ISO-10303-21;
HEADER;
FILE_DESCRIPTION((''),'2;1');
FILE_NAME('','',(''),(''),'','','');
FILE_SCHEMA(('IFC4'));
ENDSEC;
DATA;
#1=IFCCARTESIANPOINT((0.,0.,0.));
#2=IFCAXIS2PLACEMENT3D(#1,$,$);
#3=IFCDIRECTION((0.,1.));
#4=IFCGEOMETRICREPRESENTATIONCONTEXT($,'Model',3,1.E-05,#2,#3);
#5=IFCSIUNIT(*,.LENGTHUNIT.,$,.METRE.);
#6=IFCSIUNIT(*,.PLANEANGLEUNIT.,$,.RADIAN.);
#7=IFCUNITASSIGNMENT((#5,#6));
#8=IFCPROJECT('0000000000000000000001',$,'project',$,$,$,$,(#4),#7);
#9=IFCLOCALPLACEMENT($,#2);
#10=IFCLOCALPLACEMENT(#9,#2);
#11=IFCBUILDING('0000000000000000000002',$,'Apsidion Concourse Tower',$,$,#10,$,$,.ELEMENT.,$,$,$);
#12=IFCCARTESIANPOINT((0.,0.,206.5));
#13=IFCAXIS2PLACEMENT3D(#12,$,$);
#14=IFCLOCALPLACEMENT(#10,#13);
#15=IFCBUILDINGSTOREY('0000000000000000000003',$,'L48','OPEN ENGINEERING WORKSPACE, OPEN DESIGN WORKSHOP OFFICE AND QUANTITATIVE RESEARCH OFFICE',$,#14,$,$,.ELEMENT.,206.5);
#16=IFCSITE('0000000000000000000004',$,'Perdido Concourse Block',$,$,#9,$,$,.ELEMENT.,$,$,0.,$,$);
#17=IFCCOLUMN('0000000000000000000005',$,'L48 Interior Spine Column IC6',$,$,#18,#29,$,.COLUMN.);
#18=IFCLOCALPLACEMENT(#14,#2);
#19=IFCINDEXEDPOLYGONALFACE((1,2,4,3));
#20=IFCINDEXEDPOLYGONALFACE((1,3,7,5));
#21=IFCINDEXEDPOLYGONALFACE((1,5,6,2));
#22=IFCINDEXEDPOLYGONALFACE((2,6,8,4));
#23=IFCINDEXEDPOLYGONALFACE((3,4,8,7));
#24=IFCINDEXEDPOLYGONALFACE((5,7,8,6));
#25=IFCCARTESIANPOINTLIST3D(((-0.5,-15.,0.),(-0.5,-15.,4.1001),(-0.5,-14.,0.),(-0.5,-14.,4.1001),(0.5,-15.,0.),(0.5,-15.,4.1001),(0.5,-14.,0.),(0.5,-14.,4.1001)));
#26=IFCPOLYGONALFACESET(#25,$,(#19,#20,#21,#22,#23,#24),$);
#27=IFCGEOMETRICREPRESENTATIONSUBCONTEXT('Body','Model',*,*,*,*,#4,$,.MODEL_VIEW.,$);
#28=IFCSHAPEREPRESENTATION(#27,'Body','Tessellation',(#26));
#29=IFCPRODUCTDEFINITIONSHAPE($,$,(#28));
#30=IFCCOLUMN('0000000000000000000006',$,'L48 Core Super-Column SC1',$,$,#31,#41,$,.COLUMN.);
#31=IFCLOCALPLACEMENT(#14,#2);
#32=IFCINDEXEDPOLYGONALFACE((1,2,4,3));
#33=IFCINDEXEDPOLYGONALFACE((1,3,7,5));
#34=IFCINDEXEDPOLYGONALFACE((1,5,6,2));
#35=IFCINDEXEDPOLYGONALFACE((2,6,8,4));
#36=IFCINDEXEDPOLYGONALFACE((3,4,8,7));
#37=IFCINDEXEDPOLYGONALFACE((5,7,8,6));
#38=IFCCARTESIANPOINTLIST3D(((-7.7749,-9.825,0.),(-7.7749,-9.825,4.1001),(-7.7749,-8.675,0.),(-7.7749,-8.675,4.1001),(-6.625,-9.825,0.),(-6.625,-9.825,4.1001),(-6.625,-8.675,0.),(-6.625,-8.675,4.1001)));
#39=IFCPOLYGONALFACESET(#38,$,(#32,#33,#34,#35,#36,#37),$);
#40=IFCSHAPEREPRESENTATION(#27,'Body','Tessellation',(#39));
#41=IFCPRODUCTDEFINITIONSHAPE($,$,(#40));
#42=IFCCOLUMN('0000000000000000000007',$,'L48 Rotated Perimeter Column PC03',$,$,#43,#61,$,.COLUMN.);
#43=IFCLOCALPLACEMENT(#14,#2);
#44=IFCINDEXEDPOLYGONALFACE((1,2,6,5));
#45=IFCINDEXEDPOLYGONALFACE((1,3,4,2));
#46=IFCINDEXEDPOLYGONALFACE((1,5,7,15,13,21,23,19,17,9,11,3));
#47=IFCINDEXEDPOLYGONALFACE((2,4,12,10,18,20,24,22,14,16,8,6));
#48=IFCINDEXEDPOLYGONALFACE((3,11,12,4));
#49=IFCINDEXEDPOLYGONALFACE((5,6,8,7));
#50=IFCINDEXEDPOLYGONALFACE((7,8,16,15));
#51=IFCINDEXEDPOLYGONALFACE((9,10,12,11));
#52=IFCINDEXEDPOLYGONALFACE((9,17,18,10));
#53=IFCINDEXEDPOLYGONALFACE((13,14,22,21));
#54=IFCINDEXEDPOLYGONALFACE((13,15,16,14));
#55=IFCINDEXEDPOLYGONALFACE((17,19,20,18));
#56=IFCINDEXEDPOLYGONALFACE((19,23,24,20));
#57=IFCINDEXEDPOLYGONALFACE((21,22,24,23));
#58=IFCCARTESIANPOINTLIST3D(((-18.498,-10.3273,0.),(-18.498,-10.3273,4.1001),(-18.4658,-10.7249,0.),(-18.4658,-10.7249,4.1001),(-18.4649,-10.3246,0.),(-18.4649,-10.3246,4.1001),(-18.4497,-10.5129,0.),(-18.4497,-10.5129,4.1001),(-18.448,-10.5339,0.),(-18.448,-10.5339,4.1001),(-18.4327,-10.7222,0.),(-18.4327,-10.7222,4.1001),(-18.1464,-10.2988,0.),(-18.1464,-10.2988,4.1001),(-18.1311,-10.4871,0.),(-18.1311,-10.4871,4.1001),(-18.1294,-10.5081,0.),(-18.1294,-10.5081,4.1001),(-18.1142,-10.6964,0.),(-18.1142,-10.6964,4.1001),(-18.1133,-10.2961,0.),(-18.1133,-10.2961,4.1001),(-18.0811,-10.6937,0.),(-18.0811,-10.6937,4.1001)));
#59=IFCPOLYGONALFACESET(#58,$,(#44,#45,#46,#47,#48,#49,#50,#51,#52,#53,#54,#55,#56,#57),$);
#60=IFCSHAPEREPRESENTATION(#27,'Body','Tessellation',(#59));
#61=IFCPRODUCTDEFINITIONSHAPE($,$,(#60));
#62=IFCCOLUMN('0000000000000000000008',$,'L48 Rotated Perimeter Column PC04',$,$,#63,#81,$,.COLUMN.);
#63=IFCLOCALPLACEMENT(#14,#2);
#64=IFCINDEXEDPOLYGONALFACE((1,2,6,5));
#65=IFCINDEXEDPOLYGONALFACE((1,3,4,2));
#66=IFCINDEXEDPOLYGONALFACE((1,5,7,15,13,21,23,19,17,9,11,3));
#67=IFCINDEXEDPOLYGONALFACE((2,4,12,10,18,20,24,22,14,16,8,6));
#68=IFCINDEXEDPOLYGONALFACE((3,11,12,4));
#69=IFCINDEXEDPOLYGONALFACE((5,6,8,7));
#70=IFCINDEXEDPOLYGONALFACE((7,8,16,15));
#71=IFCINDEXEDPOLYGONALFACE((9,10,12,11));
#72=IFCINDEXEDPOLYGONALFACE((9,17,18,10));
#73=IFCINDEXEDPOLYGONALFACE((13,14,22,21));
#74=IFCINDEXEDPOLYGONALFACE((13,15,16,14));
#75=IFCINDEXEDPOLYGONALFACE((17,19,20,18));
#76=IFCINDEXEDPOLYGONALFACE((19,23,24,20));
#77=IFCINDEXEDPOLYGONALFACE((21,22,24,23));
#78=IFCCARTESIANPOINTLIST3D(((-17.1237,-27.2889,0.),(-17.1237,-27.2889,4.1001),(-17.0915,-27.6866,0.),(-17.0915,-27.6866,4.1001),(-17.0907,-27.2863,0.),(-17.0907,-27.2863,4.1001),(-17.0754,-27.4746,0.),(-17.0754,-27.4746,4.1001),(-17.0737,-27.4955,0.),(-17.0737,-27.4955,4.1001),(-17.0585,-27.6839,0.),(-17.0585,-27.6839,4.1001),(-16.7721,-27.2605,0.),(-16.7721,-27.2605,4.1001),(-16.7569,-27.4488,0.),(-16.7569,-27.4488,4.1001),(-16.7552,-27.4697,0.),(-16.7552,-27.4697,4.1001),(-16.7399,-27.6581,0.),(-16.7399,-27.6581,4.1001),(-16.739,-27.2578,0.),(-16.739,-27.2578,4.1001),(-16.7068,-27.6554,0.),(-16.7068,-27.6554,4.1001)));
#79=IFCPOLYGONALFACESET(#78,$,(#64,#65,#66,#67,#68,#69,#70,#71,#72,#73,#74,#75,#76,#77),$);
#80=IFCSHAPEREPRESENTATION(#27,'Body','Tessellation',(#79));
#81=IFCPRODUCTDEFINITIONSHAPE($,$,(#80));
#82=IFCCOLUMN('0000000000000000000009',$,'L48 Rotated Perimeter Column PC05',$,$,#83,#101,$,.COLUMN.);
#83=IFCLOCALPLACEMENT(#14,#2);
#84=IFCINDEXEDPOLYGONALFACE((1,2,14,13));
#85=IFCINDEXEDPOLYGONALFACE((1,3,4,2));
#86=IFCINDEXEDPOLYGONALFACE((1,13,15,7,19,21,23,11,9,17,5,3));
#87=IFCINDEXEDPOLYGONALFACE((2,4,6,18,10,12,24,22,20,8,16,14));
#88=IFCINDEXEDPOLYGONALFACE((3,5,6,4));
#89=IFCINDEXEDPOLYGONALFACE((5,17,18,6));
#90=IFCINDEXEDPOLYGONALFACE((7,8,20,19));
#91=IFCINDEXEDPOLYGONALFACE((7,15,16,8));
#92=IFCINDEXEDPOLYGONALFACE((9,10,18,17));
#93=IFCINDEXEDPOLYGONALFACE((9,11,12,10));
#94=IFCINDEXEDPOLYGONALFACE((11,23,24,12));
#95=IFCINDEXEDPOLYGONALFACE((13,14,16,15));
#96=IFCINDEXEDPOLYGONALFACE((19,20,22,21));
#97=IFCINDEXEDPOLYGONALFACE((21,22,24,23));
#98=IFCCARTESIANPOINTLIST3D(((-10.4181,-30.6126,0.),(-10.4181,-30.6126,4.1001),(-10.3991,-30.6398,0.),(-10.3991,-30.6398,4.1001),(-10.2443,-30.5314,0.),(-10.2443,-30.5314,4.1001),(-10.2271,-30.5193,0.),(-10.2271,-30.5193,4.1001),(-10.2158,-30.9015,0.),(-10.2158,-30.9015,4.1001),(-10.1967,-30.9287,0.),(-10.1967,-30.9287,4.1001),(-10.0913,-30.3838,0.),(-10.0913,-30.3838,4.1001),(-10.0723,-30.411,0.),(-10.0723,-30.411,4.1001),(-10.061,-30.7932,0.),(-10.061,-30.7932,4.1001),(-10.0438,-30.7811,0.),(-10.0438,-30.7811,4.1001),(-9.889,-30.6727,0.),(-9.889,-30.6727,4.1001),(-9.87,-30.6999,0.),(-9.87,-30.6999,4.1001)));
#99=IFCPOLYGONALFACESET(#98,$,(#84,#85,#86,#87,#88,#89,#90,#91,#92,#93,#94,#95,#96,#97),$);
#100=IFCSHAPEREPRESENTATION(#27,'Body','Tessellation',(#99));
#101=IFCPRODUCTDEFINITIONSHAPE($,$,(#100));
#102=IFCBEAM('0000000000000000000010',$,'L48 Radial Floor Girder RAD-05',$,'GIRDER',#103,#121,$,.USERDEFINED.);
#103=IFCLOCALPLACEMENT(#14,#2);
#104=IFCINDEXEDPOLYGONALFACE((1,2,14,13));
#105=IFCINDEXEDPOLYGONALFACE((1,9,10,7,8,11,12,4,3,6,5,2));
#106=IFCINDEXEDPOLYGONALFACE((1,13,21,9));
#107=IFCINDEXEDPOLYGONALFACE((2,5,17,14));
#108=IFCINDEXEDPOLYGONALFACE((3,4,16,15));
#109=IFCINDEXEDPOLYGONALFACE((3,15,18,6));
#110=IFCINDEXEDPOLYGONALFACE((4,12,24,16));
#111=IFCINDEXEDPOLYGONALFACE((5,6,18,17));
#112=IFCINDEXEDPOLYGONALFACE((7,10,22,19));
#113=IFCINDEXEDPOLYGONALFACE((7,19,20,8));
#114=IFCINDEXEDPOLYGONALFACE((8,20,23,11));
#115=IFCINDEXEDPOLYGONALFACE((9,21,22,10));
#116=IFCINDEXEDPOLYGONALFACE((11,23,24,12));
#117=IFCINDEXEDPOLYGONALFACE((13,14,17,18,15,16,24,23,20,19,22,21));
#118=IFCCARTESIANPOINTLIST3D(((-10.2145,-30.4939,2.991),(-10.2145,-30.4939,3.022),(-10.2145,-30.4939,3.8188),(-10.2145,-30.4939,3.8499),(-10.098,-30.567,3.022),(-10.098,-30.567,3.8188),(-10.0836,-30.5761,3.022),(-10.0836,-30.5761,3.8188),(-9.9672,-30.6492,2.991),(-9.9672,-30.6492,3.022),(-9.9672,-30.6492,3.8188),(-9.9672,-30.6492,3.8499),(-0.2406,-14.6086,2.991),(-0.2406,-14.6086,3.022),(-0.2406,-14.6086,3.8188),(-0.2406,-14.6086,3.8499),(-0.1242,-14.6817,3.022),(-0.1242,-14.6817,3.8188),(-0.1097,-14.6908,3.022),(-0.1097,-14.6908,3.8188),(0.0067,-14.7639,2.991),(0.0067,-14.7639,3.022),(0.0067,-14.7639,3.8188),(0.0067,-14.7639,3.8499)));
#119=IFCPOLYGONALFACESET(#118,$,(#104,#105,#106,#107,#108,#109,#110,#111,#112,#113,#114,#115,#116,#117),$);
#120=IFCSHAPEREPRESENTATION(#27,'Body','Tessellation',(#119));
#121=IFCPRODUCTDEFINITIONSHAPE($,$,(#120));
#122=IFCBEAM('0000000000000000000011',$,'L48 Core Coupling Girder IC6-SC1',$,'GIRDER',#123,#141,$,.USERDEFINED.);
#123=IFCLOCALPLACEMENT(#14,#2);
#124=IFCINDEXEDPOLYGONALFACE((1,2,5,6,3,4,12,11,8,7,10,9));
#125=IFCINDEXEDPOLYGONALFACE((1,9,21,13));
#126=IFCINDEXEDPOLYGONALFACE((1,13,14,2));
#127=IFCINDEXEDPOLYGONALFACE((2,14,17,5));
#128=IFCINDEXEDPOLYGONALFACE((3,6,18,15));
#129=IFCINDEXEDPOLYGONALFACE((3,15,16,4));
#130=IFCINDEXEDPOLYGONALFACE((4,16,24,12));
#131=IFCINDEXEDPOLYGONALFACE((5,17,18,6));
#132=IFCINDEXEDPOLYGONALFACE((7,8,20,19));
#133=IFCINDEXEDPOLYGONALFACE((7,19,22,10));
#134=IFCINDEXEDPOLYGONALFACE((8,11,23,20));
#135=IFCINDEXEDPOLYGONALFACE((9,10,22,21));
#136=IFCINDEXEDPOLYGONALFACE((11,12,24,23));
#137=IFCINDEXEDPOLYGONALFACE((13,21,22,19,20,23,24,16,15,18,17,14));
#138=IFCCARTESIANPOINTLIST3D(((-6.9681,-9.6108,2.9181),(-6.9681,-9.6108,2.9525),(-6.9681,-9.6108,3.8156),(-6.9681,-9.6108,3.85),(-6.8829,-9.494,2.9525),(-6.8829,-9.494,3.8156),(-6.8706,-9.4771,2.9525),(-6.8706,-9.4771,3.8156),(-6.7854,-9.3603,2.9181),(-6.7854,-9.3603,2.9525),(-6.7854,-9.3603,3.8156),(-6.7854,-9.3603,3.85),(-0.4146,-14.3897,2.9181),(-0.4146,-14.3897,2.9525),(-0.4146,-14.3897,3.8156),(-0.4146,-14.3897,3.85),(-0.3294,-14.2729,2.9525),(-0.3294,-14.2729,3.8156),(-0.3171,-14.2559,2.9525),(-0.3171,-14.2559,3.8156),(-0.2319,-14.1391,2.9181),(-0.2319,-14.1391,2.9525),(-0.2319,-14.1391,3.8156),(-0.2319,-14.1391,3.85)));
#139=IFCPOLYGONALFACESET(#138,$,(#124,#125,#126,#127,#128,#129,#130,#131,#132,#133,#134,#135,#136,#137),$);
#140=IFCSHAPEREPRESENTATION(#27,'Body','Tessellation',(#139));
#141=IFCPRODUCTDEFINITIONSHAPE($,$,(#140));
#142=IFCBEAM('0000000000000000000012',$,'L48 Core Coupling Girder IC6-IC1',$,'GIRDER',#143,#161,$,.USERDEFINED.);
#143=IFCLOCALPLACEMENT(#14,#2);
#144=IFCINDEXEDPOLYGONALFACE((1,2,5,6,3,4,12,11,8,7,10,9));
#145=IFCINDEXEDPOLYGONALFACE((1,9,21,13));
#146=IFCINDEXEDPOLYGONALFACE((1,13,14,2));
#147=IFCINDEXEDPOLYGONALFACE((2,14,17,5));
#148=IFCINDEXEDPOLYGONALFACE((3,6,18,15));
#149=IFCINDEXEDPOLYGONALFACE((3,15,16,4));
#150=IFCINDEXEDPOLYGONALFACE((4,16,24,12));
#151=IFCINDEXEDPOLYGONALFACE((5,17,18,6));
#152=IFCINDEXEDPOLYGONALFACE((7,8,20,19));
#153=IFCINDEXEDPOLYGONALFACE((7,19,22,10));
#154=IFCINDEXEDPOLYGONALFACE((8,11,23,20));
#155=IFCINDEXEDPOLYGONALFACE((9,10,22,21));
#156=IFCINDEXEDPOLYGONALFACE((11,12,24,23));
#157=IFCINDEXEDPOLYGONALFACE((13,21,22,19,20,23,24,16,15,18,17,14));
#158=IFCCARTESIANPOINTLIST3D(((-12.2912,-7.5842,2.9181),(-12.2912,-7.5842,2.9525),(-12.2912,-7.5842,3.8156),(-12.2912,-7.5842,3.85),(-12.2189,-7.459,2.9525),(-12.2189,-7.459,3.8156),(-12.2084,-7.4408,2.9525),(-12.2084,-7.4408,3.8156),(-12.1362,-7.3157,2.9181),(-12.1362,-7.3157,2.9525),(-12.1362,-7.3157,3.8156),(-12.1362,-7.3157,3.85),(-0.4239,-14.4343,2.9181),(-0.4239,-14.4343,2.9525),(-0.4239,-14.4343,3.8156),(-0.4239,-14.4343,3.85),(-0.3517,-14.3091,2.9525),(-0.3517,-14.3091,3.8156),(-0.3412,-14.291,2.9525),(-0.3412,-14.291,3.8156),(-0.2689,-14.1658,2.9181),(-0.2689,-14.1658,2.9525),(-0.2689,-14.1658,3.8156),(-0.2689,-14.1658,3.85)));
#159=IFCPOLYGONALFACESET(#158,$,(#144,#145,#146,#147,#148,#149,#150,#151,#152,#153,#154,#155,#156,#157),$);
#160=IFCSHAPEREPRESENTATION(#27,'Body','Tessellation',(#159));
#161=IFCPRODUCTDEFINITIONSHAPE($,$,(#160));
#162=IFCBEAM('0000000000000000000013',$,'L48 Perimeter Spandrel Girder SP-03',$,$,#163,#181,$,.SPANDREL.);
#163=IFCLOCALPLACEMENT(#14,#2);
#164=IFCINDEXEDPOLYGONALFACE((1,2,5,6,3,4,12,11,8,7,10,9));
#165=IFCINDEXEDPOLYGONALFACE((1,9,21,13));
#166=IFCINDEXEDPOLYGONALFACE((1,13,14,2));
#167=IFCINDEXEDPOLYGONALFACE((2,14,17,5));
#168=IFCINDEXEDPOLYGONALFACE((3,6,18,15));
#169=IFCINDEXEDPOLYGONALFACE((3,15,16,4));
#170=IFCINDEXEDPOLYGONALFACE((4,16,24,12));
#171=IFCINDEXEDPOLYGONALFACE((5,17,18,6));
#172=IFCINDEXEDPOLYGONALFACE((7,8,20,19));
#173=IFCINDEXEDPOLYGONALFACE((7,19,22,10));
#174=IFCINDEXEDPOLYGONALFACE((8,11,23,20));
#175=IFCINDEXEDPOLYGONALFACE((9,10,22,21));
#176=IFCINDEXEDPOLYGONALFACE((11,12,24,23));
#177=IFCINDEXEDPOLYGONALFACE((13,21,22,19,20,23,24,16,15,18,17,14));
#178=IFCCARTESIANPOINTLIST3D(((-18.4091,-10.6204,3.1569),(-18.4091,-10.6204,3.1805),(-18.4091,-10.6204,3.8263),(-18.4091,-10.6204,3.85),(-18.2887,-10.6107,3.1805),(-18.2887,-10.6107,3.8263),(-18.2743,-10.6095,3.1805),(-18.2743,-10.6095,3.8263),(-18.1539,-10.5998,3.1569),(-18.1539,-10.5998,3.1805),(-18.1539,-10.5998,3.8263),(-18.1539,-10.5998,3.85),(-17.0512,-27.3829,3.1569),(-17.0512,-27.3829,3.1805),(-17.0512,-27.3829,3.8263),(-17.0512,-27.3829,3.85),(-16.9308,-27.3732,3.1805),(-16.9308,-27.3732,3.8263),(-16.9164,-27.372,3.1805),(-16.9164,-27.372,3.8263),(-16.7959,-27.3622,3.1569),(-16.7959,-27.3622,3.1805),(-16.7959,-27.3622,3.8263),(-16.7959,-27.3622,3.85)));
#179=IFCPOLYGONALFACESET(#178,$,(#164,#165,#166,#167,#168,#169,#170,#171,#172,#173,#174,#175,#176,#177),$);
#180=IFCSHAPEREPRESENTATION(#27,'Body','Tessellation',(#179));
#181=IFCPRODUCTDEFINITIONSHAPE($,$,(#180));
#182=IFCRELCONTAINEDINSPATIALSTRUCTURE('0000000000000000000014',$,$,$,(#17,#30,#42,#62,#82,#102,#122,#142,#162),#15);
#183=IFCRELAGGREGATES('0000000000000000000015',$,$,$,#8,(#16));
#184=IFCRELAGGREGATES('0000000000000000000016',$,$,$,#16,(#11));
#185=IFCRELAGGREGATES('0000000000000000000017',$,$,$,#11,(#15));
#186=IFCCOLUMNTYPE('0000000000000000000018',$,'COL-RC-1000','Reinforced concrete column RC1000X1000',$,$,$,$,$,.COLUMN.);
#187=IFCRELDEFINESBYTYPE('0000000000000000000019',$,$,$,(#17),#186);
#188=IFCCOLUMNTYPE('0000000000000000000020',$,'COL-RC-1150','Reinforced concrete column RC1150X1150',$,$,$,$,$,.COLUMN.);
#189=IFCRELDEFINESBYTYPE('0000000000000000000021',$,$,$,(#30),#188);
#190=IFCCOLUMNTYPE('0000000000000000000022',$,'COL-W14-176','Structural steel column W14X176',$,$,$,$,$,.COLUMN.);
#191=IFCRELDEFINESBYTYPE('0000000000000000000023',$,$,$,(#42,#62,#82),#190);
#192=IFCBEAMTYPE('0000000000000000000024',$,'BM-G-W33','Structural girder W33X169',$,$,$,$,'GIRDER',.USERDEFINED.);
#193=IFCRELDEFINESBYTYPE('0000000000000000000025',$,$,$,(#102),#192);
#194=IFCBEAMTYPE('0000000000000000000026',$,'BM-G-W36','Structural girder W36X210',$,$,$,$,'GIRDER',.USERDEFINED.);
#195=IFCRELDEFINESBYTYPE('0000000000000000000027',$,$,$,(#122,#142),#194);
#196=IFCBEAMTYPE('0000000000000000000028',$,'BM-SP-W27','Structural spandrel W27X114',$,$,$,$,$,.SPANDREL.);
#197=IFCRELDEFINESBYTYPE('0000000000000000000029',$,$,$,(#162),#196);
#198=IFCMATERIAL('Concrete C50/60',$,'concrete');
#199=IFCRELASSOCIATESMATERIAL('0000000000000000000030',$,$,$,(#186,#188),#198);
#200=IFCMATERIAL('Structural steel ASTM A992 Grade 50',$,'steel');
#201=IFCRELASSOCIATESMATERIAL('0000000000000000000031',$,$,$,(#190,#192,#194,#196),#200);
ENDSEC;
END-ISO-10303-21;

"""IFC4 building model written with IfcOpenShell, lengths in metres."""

from ifc_helpers import new_model, si_unit, direction, frame, origin, origin_2d, place, context, subcontext, project, spatial, rectangle, i_section, extrude, material, material_profile, profile_set, type_object, element, save


model = new_model("IFC4")

# Units and contexts
model_context = context("Model", 3, precision=1e-05, world=origin(), true_north=direction((0.0, 1.0)))
body_context = subcontext(model_context, "Body", "Model", "MODEL_VIEW")
ifc_project = project(units=[si_unit("LENGTHUNIT", "METRE"), si_unit("PLANEANGLEUNIT", "RADIAN")], contexts=[model_context])

# Site, building, storey
site_placement = place(None, origin())
site = spatial("IfcSite", under=ifc_project, at=site_placement, Name="Perdido Concourse Block", CompositionType="ELEMENT", RefElevation=0.0)
building_placement = place(site_placement, origin())
building = spatial("IfcBuilding", under=site, at=building_placement, Name="Apsidion Concourse Tower", CompositionType="ELEMENT")
storey_placement = place(building_placement, frame((0.0, 0.0, 206.5)))
storey = spatial("IfcBuildingStorey", under=building, at=storey_placement, Name="L48", Description="OPEN ENGINEERING WORKSPACE, OPEN DESIGN WORKSHOP OFFICE AND QUANTITATIVE RESEARCH OFFICE", CompositionType="ELEMENT", Elevation=206.5)

# Columns
ifc_material_1 = material(Name="Concrete C50/60", Category="concrete")
ifc_material_profile_1 = material_profile(ifc_material_1, rectangle(XDim=1.0, YDim=1.0, at=origin_2d()), Name="RC 1000x1000")
ifc_profile_set_1 = profile_set([ifc_material_profile_1], Name="Concrete C50/60")
column_type_1 = type_object("IfcColumnType", Name="COL-RC-1000", Description="Reinforced concrete column RC1000X1000", PredefinedType="COLUMN", material=ifc_profile_set_1)
column_1_placement = place(storey_placement, frame((0.0, -14.5, 0.0), z_axis=(0.0, 0.0, 1.0), x_axis=(1.0, 0.0, 0.0)))
element("IfcColumn", 1, at=column_1_placement, inside=storey, type_object=column_type_1, Name="L48 Interior Spine Column IC6", PredefinedType="COLUMN", context=body_context, shape_type="SweptSolid", body=[
    extrude(rectangle(XDim=1.0, YDim=1.0, at=origin_2d()), origin(), (0.0, 0.0, 1.0), 4.1001),
])
ifc_material_profile_2 = material_profile(ifc_material_1, rectangle(XDim=1.1499, YDim=1.1499, at=origin_2d()), Name="RC 1150x1150")
ifc_profile_set_2 = profile_set([ifc_material_profile_2], Name="Concrete C50/60")
column_type_2 = type_object("IfcColumnType", Name="COL-RC-1150", Description="Reinforced concrete column RC1150X1150", PredefinedType="COLUMN", material=ifc_profile_set_2)
column_2_placement = place(storey_placement, frame((-7.2, -9.25, 0.0), z_axis=(0.0, 0.0, 1.0), x_axis=(1.0, 0.0, 0.0)))
element("IfcColumn", 2, at=column_2_placement, inside=storey, type_object=column_type_2, Name="L48 Core Super-Column SC1", PredefinedType="COLUMN", context=body_context, shape_type="SweptSolid", body=[
    extrude(rectangle(XDim=1.1499, YDim=1.1499, at=origin_2d()), origin(), (0.0, 0.0, 1.0), 4.1001),
])
ifc_material_2 = material(Name="Structural steel ASTM A992 Grade 50", Category="steel")
ifc_material_profile_3 = material_profile(ifc_material_2, i_section(OverallWidth=0.3989, OverallDepth=0.386, WebThickness=0.021, FlangeThickness=0.0332, at=origin_2d()), Name="W14X176")
ifc_profile_set_3 = profile_set([ifc_material_profile_3], Name="Structural steel ASTM A992 Grade 50")
column_type_3 = type_object("IfcColumnType", Name="COL-W14-176", Description="Structural steel column W14X176", PredefinedType="COLUMN", material=ifc_profile_set_3)
for number, where, z_axis, x_axis, name in (
    (3, (-18.2896, -10.5105, 0.0), (0.0, 0.0, 1.0), (-0.080721, 0.996737, 0.0), "L48 Rotated Perimeter Column PC03"),
    (4, (-16.9153, -27.4722, 0.0), (0.0, 0.0, 1.0), (-0.080721, 0.996737, 0.0), "L48 Rotated Perimeter Column PC04"),
    (5, (-10.144, -30.6562, 0.0), (0.0, 0.0, 1.0), (0.819152, 0.573576, 0.0), "L48 Rotated Perimeter Column PC05"),
):
    element("IfcColumn", number, at=place(storey_placement, frame(where, z_axis=z_axis, x_axis=x_axis)), inside=storey, type_object=column_type_3, Name=name, PredefinedType="COLUMN", context=body_context, shape_type="SweptSolid", body=[
        extrude(i_section(OverallWidth=0.3989, OverallDepth=0.386, WebThickness=0.021, FlangeThickness=0.0332, at=origin_2d()), origin(), (0.0, 0.0, 1.0), 4.1001),
    ])

# Beams
ifc_material_profile_4 = material_profile(ifc_material_2, i_section(OverallWidth=0.292, OverallDepth=0.8589, WebThickness=0.0171, FlangeThickness=0.031, at=origin_2d()), Name="W33X169")
ifc_profile_set_4 = profile_set([ifc_material_profile_4], Name="Structural steel ASTM A992 Grade 50")
beam_type_1 = type_object("IfcBeamType", Name="BM-G-W33", Description="Structural girder W33X169", ElementType="GIRDER", PredefinedType="USERDEFINED", material=ifc_profile_set_4)
beam_1_placement = place(storey_placement, frame((-0.1169, -14.6863, 3.4204), z_axis=(-0.531746, -0.846904, 0.0), x_axis=(0.846904, -0.531746, 0.0)))
element("IfcBeam", 6, at=beam_1_placement, inside=storey, type_object=beam_type_1, Name="L48 Radial Floor Girder RAD-05", ObjectType="GIRDER", PredefinedType="USERDEFINED", context=body_context, shape_type="SweptSolid", body=[
    extrude(i_section(OverallWidth=0.292, OverallDepth=0.8589, WebThickness=0.0171, FlangeThickness=0.031, at=origin_2d()), origin(), (0.0, 0.0, 1.0), 18.7568),
])
ifc_material_profile_5 = material_profile(ifc_material_2, i_section(OverallWidth=0.3101, OverallDepth=0.9319, WebThickness=0.021, FlangeThickness=0.0344, at=origin_2d()), Name="W36X210")
ifc_profile_set_5 = profile_set([ifc_material_profile_5], Name="Structural steel ASTM A992 Grade 50")
beam_type_2 = type_object("IfcBeamType", Name="BM-G-W36", Description="Structural girder W36X210", ElementType="GIRDER", PredefinedType="USERDEFINED", material=ifc_profile_set_5)
beam_2_placement = place(storey_placement, frame((-0.3232, -14.2644, 3.384), z_axis=(-0.807993, 0.589191, 0.0), x_axis=(-0.589191, -0.807993, 0.0)))
element("IfcBeam", 7, at=beam_2_placement, inside=storey, type_object=beam_type_2, Name="L48 Core Coupling Girder IC6-SC1", ObjectType="GIRDER", PredefinedType="USERDEFINED", context=body_context, shape_type="SweptSolid", body=[
    extrude(i_section(OverallWidth=0.3101, OverallDepth=0.9319, WebThickness=0.021, FlangeThickness=0.0344, at=origin_2d()), origin(), (0.0, 0.0, 1.0), 8.1108),
])
beam_3_placement = place(storey_placement, frame((-0.3464, -14.3, 3.384), z_axis=(-0.86607, 0.499922, 0.0), x_axis=(-0.499922, -0.86607, 0.0)))
element("IfcBeam", 8, at=beam_3_placement, inside=storey, type_object=beam_type_2, Name="L48 Core Coupling Girder IC6-IC1", ObjectType="GIRDER", PredefinedType="USERDEFINED", context=body_context, shape_type="SweptSolid", body=[
    extrude(i_section(OverallWidth=0.3101, OverallDepth=0.9319, WebThickness=0.021, FlangeThickness=0.0344, at=origin_2d()), origin(), (0.0, 0.0, 1.0), 13.7024),
])
ifc_material_profile_6 = material_profile(ifc_material_2, i_section(OverallWidth=0.2561, OverallDepth=0.6931, WebThickness=0.0144, FlangeThickness=0.0237, at=origin_2d()), Name="W27X114")
ifc_profile_set_6 = profile_set([ifc_material_profile_6], Name="Structural steel ASTM A992 Grade 50")
beam_type_3 = type_object("IfcBeamType", Name="BM-SP-W27", Description="Structural spandrel W27X114", PredefinedType="SPANDREL", material=ifc_profile_set_6)
beam_4_placement = place(storey_placement, frame((-18.2815, -10.6101, 3.5034), z_axis=(0.080745, -0.996735, 0.0), x_axis=(0.996735, 0.080745, 0.0)))
element("IfcBeam", 9, at=beam_4_placement, inside=storey, type_object=beam_type_3, Name="L48 Perimeter Spandrel Girder SP-03", PredefinedType="SPANDREL", context=body_context, shape_type="SweptSolid", body=[
    extrude(i_section(OverallWidth=0.2561, OverallDepth=0.6931, WebThickness=0.0144, FlangeThickness=0.0237, at=origin_2d()), origin(), (0.0, 0.0, 1.0), 16.8174),
])

save(model, "model.ifc")
